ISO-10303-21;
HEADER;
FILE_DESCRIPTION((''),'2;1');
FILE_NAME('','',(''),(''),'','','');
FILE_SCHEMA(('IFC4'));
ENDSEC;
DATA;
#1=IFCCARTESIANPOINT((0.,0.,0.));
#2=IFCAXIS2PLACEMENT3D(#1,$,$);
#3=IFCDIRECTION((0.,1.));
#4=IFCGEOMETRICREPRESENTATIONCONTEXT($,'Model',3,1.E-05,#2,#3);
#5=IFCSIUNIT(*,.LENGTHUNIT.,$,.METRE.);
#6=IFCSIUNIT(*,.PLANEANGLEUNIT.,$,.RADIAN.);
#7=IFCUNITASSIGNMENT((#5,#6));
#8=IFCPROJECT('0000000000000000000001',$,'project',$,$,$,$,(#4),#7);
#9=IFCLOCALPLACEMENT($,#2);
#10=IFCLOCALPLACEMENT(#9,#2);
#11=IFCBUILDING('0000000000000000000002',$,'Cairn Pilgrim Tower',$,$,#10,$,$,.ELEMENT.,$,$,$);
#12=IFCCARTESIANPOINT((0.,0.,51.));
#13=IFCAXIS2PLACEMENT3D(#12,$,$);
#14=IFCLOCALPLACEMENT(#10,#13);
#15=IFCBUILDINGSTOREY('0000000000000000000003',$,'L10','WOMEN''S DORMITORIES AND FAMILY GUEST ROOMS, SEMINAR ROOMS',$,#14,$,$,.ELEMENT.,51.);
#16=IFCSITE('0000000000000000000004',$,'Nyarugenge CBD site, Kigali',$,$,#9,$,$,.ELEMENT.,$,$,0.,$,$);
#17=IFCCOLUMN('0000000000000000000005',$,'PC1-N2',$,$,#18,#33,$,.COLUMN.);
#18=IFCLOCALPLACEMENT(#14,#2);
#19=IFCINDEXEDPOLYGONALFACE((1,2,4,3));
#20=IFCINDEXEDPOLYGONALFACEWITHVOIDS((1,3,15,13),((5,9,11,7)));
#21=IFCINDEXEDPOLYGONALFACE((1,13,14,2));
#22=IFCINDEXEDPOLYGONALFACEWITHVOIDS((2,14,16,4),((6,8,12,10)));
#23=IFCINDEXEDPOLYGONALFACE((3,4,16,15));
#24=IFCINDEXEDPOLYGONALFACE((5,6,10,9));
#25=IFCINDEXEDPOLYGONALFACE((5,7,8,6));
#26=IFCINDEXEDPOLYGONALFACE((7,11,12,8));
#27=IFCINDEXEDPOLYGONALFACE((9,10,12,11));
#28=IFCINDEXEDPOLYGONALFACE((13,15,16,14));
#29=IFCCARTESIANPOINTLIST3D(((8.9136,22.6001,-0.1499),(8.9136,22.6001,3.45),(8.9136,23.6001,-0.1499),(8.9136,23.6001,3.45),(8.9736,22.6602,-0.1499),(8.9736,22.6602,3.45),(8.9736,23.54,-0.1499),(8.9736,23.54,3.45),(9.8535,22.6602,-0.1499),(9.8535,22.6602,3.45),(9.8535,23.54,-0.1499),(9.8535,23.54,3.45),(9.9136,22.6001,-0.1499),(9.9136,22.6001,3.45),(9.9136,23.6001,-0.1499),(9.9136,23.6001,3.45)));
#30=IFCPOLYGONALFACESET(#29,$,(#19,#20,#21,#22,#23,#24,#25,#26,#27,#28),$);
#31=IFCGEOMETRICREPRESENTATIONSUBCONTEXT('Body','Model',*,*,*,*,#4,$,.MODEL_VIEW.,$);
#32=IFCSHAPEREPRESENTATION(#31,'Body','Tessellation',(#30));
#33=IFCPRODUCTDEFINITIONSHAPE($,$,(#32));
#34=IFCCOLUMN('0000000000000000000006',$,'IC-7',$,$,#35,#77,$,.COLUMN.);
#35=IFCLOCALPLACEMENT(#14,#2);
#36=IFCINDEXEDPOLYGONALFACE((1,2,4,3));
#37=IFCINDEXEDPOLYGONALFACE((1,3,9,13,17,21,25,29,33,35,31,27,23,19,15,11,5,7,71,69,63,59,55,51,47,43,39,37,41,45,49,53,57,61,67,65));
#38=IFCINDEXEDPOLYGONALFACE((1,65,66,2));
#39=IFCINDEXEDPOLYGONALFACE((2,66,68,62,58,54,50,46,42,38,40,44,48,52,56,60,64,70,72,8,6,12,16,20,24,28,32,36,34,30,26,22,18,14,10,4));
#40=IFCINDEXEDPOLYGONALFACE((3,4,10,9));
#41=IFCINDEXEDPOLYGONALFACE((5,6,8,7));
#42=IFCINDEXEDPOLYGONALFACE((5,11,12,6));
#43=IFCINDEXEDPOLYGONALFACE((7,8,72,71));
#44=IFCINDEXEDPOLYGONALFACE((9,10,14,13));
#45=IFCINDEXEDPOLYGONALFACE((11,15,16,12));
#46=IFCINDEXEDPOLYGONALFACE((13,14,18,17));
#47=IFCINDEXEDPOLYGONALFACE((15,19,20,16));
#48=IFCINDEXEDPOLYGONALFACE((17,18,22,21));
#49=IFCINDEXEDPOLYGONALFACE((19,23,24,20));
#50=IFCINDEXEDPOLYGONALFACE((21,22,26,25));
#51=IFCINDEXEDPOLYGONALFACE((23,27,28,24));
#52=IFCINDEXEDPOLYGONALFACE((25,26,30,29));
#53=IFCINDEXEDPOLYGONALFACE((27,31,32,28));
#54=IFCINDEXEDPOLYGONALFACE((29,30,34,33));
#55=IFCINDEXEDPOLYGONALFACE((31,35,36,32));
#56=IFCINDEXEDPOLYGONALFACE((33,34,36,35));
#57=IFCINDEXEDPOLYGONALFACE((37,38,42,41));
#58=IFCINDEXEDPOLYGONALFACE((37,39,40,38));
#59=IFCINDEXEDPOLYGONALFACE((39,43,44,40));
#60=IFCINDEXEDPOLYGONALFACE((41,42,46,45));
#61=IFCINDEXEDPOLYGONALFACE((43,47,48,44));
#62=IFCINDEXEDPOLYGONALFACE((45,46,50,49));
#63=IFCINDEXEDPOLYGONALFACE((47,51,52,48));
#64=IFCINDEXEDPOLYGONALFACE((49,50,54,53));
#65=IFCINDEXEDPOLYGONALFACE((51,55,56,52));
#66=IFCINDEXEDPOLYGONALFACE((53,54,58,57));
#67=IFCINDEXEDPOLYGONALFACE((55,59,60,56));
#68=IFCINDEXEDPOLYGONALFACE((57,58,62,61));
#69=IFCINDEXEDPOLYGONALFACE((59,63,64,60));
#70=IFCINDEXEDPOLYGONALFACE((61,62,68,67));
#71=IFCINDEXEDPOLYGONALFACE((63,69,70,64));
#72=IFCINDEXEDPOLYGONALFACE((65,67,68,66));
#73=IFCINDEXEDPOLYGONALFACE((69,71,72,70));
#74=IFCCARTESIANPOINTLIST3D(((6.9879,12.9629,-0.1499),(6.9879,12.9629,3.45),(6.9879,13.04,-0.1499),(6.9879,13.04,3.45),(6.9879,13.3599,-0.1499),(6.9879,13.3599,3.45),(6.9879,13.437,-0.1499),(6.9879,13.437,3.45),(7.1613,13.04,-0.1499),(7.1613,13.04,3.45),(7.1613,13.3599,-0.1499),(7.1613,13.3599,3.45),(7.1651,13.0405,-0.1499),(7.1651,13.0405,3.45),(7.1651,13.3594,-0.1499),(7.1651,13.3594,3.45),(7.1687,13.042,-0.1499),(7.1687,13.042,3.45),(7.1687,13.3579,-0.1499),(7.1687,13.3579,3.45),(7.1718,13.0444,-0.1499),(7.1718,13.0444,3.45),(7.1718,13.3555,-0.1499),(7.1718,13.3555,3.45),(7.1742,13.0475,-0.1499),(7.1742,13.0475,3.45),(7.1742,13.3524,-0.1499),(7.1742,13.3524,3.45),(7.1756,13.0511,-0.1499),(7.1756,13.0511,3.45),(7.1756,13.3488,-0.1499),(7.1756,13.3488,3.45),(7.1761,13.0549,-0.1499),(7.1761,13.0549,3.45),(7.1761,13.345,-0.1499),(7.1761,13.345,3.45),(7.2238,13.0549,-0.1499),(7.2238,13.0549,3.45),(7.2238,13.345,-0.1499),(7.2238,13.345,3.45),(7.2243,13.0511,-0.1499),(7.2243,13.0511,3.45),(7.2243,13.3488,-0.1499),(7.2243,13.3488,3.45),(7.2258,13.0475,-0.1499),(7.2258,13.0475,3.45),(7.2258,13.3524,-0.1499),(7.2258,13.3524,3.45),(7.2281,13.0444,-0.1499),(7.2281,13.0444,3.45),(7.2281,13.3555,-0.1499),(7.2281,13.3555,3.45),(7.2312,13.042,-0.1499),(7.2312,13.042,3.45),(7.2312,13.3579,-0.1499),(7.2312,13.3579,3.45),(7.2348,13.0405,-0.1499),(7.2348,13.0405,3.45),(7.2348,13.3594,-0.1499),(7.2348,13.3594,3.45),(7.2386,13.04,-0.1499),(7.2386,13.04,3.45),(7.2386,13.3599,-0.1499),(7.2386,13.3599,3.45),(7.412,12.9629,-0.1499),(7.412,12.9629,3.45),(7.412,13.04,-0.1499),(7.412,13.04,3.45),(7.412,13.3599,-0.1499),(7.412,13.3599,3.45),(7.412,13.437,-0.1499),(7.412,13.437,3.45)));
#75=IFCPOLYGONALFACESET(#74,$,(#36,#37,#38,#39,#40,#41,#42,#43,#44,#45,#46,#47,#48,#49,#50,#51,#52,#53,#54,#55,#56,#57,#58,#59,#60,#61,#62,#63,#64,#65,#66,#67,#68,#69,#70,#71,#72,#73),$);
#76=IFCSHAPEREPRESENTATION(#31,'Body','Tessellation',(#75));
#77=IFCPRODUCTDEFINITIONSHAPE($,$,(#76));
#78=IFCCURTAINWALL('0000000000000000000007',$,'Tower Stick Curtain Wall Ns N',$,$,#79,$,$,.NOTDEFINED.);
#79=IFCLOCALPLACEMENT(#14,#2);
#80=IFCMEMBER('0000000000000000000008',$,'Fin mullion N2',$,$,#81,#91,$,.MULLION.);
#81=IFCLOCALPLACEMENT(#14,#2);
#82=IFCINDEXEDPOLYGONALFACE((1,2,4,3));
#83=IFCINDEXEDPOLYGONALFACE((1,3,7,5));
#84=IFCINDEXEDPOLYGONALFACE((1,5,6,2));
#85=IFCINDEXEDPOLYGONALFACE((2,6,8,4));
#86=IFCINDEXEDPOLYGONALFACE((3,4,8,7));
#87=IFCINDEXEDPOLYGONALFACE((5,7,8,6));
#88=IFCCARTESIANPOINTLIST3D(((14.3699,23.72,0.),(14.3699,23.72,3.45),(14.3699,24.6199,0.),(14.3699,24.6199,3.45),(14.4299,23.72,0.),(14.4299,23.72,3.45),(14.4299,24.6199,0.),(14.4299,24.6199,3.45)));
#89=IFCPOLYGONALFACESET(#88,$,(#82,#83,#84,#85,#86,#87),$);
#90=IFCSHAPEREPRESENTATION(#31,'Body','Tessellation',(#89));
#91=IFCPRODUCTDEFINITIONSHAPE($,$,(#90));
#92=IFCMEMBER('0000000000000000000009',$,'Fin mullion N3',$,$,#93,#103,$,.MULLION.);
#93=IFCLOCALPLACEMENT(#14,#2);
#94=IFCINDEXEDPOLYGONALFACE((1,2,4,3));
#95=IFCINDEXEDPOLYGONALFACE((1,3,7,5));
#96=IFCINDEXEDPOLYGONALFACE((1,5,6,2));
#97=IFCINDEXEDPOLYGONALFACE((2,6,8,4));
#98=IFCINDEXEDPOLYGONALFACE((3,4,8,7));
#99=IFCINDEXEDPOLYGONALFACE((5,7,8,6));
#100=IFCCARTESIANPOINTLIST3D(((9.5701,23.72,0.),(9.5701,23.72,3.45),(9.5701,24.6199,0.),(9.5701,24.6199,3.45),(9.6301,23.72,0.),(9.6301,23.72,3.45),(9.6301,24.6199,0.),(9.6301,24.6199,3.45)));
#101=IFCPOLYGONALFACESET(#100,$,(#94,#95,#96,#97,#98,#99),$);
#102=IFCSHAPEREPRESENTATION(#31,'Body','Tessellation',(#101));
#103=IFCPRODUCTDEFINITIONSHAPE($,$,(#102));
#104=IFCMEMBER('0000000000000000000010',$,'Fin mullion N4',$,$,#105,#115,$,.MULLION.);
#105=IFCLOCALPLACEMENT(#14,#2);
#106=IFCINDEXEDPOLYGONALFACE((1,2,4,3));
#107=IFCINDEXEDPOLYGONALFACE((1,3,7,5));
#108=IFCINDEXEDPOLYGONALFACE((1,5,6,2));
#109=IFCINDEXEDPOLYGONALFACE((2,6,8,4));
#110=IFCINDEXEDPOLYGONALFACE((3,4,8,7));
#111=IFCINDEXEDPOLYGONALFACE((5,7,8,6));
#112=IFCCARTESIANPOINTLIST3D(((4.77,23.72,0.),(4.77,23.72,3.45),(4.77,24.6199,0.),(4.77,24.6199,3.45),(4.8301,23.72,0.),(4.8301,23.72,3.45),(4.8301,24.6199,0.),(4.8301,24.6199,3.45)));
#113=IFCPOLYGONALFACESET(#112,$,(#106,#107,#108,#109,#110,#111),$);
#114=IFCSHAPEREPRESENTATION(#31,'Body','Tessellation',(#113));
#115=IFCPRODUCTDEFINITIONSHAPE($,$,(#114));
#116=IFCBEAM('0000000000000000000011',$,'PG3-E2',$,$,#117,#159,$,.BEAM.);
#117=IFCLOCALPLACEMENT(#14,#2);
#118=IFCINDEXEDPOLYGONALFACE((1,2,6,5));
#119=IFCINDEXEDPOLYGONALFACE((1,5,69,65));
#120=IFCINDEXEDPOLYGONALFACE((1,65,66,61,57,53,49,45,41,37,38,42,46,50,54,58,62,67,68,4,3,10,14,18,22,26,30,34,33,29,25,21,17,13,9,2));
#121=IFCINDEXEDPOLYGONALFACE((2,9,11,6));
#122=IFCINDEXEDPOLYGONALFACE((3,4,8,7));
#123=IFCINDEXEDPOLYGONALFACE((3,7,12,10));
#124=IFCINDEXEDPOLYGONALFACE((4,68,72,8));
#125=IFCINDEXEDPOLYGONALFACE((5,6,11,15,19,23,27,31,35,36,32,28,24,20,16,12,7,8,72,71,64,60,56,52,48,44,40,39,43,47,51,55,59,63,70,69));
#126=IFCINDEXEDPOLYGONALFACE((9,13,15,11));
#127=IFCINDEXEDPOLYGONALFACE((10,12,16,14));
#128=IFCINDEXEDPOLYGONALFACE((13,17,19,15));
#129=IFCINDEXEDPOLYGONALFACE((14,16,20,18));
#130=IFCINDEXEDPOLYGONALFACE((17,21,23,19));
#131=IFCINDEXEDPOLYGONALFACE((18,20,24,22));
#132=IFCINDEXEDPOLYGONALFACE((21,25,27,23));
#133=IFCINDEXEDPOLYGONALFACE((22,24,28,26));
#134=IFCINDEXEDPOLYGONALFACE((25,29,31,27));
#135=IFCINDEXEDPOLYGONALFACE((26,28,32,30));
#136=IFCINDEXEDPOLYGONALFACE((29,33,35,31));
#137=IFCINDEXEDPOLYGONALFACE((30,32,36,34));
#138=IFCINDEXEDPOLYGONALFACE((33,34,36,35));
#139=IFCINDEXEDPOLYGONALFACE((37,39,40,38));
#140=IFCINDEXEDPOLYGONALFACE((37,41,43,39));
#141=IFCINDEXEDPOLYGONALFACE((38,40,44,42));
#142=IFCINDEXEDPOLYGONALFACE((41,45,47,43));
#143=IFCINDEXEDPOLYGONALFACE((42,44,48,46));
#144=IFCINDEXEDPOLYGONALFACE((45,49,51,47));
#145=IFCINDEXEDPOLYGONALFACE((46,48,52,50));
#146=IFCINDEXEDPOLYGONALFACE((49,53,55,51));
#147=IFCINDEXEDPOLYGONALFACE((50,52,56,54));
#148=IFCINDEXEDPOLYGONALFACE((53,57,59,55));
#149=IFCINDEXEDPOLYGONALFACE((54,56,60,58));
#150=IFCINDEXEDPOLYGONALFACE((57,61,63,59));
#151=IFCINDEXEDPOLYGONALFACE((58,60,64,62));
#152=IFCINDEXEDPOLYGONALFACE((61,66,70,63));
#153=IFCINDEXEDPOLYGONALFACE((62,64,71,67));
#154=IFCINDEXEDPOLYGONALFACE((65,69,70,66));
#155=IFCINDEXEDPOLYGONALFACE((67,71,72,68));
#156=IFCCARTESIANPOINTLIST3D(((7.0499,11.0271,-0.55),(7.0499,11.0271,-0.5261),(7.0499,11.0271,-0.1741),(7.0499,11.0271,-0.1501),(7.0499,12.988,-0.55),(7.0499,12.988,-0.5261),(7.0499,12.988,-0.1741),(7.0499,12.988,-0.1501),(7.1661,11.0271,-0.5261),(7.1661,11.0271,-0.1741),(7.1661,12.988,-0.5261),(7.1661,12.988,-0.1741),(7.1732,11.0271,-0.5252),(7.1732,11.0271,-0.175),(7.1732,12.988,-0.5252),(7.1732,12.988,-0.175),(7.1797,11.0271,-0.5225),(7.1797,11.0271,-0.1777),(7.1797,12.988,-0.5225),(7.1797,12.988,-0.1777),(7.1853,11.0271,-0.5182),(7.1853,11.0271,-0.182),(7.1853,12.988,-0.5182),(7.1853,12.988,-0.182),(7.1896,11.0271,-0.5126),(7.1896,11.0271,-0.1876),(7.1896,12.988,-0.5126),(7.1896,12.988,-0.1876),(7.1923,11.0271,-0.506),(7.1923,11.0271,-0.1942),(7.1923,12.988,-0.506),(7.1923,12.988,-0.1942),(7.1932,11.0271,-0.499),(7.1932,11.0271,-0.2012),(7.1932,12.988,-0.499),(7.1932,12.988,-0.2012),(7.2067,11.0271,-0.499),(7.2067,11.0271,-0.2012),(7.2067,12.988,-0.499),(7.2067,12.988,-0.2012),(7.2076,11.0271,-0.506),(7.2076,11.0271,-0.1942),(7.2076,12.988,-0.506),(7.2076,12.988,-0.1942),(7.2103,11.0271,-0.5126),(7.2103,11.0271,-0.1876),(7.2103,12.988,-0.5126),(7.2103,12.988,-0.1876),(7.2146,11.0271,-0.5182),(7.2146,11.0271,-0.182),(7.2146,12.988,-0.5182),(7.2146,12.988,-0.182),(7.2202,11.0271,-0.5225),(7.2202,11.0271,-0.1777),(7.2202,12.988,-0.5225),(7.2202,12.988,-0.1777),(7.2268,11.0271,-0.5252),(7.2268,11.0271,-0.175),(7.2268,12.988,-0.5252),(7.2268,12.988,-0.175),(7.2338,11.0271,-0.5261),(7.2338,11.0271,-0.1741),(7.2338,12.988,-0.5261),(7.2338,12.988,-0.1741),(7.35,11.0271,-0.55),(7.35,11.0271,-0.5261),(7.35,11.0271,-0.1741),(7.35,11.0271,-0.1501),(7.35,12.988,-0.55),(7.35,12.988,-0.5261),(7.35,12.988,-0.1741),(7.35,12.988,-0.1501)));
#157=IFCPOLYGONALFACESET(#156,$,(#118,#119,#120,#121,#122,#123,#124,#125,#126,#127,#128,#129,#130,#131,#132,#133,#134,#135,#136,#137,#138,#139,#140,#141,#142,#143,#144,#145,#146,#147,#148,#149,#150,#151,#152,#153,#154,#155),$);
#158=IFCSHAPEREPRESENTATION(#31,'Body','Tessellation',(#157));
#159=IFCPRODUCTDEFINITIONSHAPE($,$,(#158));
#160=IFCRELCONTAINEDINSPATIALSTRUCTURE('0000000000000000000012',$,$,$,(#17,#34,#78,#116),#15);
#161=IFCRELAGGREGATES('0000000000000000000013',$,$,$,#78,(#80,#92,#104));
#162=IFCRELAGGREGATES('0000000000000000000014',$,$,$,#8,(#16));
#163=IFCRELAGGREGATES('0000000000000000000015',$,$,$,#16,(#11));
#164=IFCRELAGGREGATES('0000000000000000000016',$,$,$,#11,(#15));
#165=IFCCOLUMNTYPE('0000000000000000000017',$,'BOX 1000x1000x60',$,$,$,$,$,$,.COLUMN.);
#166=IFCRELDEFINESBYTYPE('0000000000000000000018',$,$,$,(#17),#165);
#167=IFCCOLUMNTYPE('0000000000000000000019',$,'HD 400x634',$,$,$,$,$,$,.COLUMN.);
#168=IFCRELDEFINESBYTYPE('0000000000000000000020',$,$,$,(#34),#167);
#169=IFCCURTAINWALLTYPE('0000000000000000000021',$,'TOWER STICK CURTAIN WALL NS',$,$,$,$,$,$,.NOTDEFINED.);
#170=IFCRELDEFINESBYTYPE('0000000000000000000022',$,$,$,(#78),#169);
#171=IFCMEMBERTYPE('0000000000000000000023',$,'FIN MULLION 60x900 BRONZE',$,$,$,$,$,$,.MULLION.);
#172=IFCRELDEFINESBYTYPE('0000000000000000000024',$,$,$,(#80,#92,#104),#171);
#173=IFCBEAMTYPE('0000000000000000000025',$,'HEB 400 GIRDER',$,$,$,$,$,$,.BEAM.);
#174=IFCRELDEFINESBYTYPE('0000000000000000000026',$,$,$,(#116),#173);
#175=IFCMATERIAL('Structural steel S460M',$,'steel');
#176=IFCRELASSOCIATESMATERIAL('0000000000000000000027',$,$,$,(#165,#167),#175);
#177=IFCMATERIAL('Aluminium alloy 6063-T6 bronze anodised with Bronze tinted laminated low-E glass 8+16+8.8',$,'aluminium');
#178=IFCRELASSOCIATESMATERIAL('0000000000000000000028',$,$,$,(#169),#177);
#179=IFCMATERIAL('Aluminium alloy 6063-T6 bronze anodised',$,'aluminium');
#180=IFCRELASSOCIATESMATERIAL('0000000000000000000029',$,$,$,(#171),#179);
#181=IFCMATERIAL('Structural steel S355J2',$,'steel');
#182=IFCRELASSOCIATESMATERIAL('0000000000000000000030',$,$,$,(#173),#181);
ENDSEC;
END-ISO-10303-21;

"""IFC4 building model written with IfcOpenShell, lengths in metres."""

from ifc_helpers import new_model, si_unit, direction, frame, origin, origin_2d, place, context, subcontext, project, spatial, rectangle, hollow_rectangle, i_section, extrude, material, material_profile, profile_set, type_object, element, aggregate, save


model = new_model("IFC4")

# Units and contexts
model_context = context("Model", 3, precision=1e-05, world=origin(), true_north=direction((0.0, 1.0)))
body_context = subcontext(model_context, "Body", "Model", "MODEL_VIEW")
ifc_project = project(units=[si_unit("LENGTHUNIT", "METRE"), si_unit("PLANEANGLEUNIT", "RADIAN")], contexts=[model_context])

# Site, building, storey
site_placement = place(None, origin())
site = spatial("IfcSite", under=ifc_project, at=site_placement, Name="Nyarugenge CBD site, Kigali", CompositionType="ELEMENT", RefElevation=0.0)
building_placement = place(site_placement, origin())
building = spatial("IfcBuilding", under=site, at=building_placement, Name="Cairn Pilgrim Tower", CompositionType="ELEMENT")
storey_placement = place(building_placement, frame((0.0, 0.0, 51.0)))
storey = spatial("IfcBuildingStorey", under=building, at=storey_placement, Name="L10", Description="WOMEN'S DORMITORIES AND FAMILY GUEST ROOMS, SEMINAR ROOMS", CompositionType="ELEMENT", Elevation=51.0)

# Columns
ifc_material_1 = material(Name="Structural steel S460M", Category="steel")
ifc_material_profile_1 = material_profile(ifc_material_1, hollow_rectangle(XDim=1.0, YDim=1.0, WallThickness=0.0601, at=origin_2d()), Name="BOX 1000x1000x60")
ifc_profile_set_1 = profile_set([ifc_material_profile_1], Name="Structural steel S460M")
column_type_1 = type_object("IfcColumnType", Name="BOX 1000x1000x60", PredefinedType="COLUMN", material=ifc_profile_set_1)
column_1_placement = place(storey_placement, frame((9.4136, 23.1001, -0.1499), z_axis=(0.0, 0.0, 1.0), x_axis=(1.0, 0.0, 0.0)))
element("IfcColumn", 1, at=column_1_placement, inside=storey, type_object=column_type_1, Name="PC1-N2", PredefinedType="COLUMN", context=body_context, shape_type="SweptSolid", body=[
    extrude(hollow_rectangle(XDim=1.0, YDim=1.0, WallThickness=0.0601, at=origin_2d()), origin(), (0.0, 0.0, 1.0), 3.5999),
])
ifc_material_profile_2 = material_profile(ifc_material_1, i_section(OverallWidth=0.4241, OverallDepth=0.4741, WebThickness=0.0476, FlangeThickness=0.0771, FilletRadius=0.0149, at=origin_2d()), Name="HD 400x634")
ifc_profile_set_2 = profile_set([ifc_material_profile_2], Name="Structural steel S460M")
column_type_2 = type_object("IfcColumnType", Name="HD 400x634", PredefinedType="COLUMN", material=ifc_profile_set_2)
column_2_placement = place(storey_placement, frame((7.2, 13.2, -0.1499), z_axis=(0.0, 0.0, 1.0), x_axis=(1.0, 0.0, 0.0)))
element("IfcColumn", 2, at=column_2_placement, inside=storey, type_object=column_type_2, Name="IC-7", PredefinedType="COLUMN", context=body_context, shape_type="SweptSolid", body=[
    extrude(i_section(OverallWidth=0.4241, OverallDepth=0.4741, WebThickness=0.0476, FlangeThickness=0.0771, FilletRadius=0.0149, at=origin_2d()), origin(), (0.0, 0.0, 1.0), 3.5999),
])

# Curtain wall, members
ifc_material_2 = material(Name="Aluminium alloy 6063-T6 bronze anodised with Bronze tinted laminated low-E glass 8+16+8.8", Category="aluminium")
curtain_wall_type = type_object("IfcCurtainWallType", Name="TOWER STICK CURTAIN WALL NS", PredefinedType="NOTDEFINED", material=ifc_material_2)
curtain_wall_placement = place(storey_placement, origin())
curtain_wall = element("IfcCurtainWall", 3, at=curtain_wall_placement, inside=storey, type_object=curtain_wall_type, Name="Tower Stick Curtain Wall Ns N", PredefinedType="NOTDEFINED")
ifc_material_3 = material(Name="Aluminium alloy 6063-T6 bronze anodised", Category="aluminium")
ifc_material_profile_3 = material_profile(ifc_material_3, rectangle(XDim=0.8999, YDim=0.0601, at=origin_2d()), Name="FIN MULLION 60x900 BRONZE")
ifc_profile_set_3 = profile_set([ifc_material_profile_3], Name="Aluminium alloy 6063-T6 bronze anodised")
member_type_1 = type_object("IfcMemberType", Name="FIN MULLION 60x900 BRONZE", PredefinedType="MULLION", material=ifc_profile_set_3)
member_1_placement = place(storey_placement, frame((14.3999, 24.1699, 0.0), z_axis=(0.0, 0.0, 1.0), x_axis=(0.0, 1.0, 0.0)))
member_1 = element("IfcMember", 4, at=member_1_placement, type_object=member_type_1, Name="Fin mullion N2", PredefinedType="MULLION", context=body_context, shape_type="SweptSolid", body=[
    extrude(rectangle(XDim=0.8999, YDim=0.0601, at=origin_2d()), origin(), (0.0, 0.0, 1.0), 3.45),
])
member_2_placement = place(storey_placement, frame((9.6001, 24.1699, 0.0), z_axis=(0.0, 0.0, 1.0), x_axis=(0.0, 1.0, 0.0)))
member_2 = element("IfcMember", 5, at=member_2_placement, type_object=member_type_1, Name="Fin mullion N3", PredefinedType="MULLION", context=body_context, shape_type="SweptSolid", body=[
    extrude(rectangle(XDim=0.8999, YDim=0.0601, at=origin_2d()), origin(), (0.0, 0.0, 1.0), 3.45),
])
member_3_placement = place(storey_placement, frame((4.8, 24.1699, 0.0), z_axis=(0.0, 0.0, 1.0), x_axis=(0.0, 1.0, 0.0)))
member_3 = element("IfcMember", 6, at=member_3_placement, type_object=member_type_1, Name="Fin mullion N4", PredefinedType="MULLION", context=body_context, shape_type="SweptSolid", body=[
    extrude(rectangle(XDim=0.8999, YDim=0.0601, at=origin_2d()), origin(), (0.0, 0.0, 1.0), 3.45),
])

# Beam
ifc_material_4 = material(Name="Structural steel S355J2", Category="steel")
ifc_material_profile_4 = material_profile(ifc_material_4, i_section(OverallWidth=0.3, OverallDepth=0.3999, WebThickness=0.0134, FlangeThickness=0.0239, FilletRadius=0.0271, at=origin_2d()), Name="HEB 400")
ifc_profile_set_4 = profile_set([ifc_material_profile_4], Name="Structural steel S355J2")
beam_type_1 = type_object("IfcBeamType", Name="HEB 400 GIRDER", PredefinedType="BEAM", material=ifc_profile_set_4)
beam_1_placement = place(storey_placement, frame((7.2, 11.0271, -0.3501), z_axis=(0.0, 1.0, 0.0), x_axis=(-1.0, 0.0, 0.0)))
element("IfcBeam", 7, at=beam_1_placement, inside=storey, type_object=beam_type_1, Name="PG3-E2", PredefinedType="BEAM", context=body_context, shape_type="SweptSolid", body=[
    extrude(i_section(OverallWidth=0.3, OverallDepth=0.3999, WebThickness=0.0134, FlangeThickness=0.0239, FilletRadius=0.0271, at=origin_2d()), origin(), (0.0, 0.0, 1.0), 1.9609),
])

aggregate(curtain_wall, [member_1, member_2, member_3])

save(model, "model.ifc")
